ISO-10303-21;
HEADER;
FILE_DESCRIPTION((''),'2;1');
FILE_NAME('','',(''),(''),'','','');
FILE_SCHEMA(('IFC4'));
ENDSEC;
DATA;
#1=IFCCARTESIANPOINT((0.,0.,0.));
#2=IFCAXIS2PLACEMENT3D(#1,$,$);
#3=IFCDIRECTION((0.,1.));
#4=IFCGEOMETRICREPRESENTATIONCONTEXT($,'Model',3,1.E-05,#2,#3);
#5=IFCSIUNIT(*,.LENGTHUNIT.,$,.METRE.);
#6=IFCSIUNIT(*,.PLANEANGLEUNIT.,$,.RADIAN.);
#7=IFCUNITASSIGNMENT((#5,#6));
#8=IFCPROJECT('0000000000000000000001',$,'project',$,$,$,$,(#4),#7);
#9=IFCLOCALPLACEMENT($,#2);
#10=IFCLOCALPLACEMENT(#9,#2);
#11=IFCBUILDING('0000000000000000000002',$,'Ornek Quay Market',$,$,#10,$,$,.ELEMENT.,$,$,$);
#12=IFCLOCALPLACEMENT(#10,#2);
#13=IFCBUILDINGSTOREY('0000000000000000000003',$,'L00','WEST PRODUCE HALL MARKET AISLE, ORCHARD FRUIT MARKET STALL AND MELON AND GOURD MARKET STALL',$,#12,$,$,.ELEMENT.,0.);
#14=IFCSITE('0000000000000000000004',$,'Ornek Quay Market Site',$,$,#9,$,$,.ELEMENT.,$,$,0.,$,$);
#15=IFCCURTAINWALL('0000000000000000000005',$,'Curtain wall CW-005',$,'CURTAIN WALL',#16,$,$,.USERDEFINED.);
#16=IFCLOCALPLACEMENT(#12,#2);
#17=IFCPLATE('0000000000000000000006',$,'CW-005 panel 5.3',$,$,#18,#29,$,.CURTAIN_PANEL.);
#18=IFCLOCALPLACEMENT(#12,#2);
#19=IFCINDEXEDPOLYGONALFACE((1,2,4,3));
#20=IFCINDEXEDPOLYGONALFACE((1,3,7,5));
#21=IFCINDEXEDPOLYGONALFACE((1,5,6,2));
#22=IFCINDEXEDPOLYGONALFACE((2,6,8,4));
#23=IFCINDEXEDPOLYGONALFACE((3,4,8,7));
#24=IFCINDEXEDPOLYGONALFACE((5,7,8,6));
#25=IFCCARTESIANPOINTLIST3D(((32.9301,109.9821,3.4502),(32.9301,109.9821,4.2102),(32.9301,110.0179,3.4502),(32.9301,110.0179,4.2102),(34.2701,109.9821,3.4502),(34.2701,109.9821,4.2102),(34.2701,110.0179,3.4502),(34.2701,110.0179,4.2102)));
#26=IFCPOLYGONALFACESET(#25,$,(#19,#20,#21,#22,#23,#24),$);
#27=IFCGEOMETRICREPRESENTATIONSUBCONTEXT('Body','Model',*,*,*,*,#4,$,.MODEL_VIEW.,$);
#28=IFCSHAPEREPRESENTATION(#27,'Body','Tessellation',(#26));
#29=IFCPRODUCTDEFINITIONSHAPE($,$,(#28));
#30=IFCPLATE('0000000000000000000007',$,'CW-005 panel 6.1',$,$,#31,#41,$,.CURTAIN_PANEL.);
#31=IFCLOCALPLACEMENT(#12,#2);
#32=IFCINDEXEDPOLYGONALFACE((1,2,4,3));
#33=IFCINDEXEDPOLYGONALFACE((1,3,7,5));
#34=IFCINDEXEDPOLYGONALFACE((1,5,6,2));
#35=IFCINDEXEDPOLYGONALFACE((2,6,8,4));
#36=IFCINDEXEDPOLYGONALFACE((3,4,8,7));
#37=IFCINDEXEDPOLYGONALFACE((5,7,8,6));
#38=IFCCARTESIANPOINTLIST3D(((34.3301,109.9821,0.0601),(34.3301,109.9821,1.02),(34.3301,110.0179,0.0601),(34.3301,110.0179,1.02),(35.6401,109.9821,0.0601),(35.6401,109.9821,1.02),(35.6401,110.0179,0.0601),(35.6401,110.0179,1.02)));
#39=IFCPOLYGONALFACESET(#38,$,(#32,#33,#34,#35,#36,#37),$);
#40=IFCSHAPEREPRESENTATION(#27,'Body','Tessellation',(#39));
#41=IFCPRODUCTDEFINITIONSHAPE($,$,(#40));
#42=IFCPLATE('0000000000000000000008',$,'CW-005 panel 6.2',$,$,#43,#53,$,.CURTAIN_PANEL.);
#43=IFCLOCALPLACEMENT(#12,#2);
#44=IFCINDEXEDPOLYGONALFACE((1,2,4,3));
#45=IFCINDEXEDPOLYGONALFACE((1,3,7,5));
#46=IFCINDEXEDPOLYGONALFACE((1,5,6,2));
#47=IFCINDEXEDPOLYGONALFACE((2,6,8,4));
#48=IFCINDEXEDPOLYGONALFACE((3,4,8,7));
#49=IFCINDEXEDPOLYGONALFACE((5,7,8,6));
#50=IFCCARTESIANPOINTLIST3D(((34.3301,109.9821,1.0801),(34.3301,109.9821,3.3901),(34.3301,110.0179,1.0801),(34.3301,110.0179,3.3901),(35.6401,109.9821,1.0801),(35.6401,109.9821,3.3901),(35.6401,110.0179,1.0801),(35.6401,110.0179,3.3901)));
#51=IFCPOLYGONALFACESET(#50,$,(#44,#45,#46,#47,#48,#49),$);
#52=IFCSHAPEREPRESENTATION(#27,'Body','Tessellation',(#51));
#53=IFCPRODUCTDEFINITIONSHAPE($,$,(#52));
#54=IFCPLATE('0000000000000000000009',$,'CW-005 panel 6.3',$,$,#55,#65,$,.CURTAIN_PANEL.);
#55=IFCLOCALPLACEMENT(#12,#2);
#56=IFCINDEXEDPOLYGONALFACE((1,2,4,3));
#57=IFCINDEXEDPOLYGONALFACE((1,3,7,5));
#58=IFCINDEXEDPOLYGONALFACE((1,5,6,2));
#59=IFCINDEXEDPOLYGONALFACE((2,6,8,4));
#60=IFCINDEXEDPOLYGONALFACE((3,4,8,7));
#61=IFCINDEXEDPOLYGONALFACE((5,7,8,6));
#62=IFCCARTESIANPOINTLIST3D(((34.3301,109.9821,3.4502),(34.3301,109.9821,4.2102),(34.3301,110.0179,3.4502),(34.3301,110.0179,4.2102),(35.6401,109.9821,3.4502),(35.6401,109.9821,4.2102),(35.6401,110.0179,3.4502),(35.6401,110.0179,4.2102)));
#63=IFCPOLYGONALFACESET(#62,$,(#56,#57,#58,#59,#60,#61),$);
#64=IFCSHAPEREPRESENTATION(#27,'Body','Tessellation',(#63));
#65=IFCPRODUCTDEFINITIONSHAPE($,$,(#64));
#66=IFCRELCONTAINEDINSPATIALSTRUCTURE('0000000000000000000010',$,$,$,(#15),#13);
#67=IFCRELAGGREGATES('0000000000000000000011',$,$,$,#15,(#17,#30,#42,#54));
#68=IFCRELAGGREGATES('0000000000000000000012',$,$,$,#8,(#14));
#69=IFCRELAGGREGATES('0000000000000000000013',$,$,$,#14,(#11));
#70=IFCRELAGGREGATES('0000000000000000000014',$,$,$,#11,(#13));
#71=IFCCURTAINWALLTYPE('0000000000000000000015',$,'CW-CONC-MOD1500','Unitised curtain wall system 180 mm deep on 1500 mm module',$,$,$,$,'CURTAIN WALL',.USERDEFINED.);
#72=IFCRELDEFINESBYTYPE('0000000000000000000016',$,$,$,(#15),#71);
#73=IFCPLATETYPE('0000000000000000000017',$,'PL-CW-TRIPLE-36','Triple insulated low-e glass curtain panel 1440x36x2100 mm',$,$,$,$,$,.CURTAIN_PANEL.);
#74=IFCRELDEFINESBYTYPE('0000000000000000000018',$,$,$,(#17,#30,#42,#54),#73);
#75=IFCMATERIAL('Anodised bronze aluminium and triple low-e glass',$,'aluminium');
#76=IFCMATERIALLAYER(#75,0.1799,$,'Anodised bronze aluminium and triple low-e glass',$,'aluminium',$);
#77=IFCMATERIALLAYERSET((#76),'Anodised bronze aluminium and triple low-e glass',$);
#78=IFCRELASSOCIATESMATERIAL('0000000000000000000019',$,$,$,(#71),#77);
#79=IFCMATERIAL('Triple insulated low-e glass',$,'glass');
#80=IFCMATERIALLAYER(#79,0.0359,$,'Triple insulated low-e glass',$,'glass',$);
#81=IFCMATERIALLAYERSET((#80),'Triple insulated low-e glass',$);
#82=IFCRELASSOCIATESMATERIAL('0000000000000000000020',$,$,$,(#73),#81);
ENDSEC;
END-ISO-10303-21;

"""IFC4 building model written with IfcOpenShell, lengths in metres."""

from ifc_helpers import new_model, si_unit, direction, frame, origin, origin_2d, place, context, subcontext, project, spatial, rectangle, extrude, material, layer, layer_set, type_object, element, aggregate, save


model = new_model("IFC4")

# Units and contexts
model_context = context("Model", 3, precision=1e-05, world=origin(), true_north=direction((0.0, 1.0)))
body_context = subcontext(model_context, "Body", "Model", "MODEL_VIEW")
ifc_project = project(units=[si_unit("LENGTHUNIT", "METRE"), si_unit("PLANEANGLEUNIT", "RADIAN")], contexts=[model_context])

# Site, building, storey
site_placement = place(None, origin())
site = spatial("IfcSite", under=ifc_project, at=site_placement, Name="Ornek Quay Market Site", CompositionType="ELEMENT", RefElevation=0.0)
building_placement = place(site_placement, origin())
building = spatial("IfcBuilding", under=site, at=building_placement, Name="Ornek Quay Market", CompositionType="ELEMENT")
storey_placement = place(building_placement, origin())
storey = spatial("IfcBuildingStorey", under=building, at=storey_placement, Name="L00", Description="WEST PRODUCE HALL MARKET AISLE, ORCHARD FRUIT MARKET STALL AND MELON AND GOURD MARKET STALL", CompositionType="ELEMENT", Elevation=0.0)

# Curtain wall, plates
ifc_material_1 = material(Name="Anodised bronze aluminium and triple low-e glass", Category="aluminium")
ifc_layer_1 = layer(ifc_material_1, 0.1799, Name="Anodised bronze aluminium and triple low-e glass", Category="aluminium")
ifc_layer_set_1 = layer_set([ifc_layer_1], Name="Anodised bronze aluminium and triple low-e glass")
curtain_wall_type = type_object("IfcCurtainWallType", Name="CW-CONC-MOD1500", Description="Unitised curtain wall system 180 mm deep on 1500 mm module", ElementType="CURTAIN WALL", PredefinedType="USERDEFINED", material=ifc_layer_set_1)
curtain_wall_placement = place(storey_placement, origin())
curtain_wall = element("IfcCurtainWall", 1, at=curtain_wall_placement, inside=storey, type_object=curtain_wall_type, Name="Curtain wall CW-005", ObjectType="CURTAIN WALL", PredefinedType="USERDEFINED")
ifc_material_2 = material(Name="Triple insulated low-e glass", Category="glass")
ifc_layer_2 = layer(ifc_material_2, 0.0359, Name="Triple insulated low-e glass", Category="glass")
ifc_layer_set_2 = layer_set([ifc_layer_2], Name="Triple insulated low-e glass")
plate_type = type_object("IfcPlateType", Name="PL-CW-TRIPLE-36", Description="Triple insulated low-e glass curtain panel 1440x36x2100 mm", PredefinedType="CURTAIN_PANEL", material=ifc_layer_set_2)
plate_1_placement = place(storey_placement, frame((33.6001, 110.0, 3.4502), z_axis=(0.0, 0.0, 1.0), x_axis=(1.0, 0.0, 0.0)))
plate_1 = element("IfcPlate", 2, at=plate_1_placement, type_object=plate_type, Name="CW-005 panel 5.3", PredefinedType="CURTAIN_PANEL", context=body_context, shape_type="SweptSolid", body=[
    extrude(rectangle(XDim=1.3401, YDim=0.0359, at=origin_2d()), origin(), (0.0, 0.0, 1.0), 0.76),
])
plate_2_placement = place(storey_placement, frame((34.9851, 110.0, 0.0601), z_axis=(0.0, 0.0, 1.0), x_axis=(1.0, 0.0, 0.0)))
plate_2 = element("IfcPlate", 3, at=plate_2_placement, type_object=plate_type, Name="CW-005 panel 6.1", PredefinedType="CURTAIN_PANEL", context=body_context, shape_type="SweptSolid", body=[
    extrude(rectangle(XDim=1.3101, YDim=0.0359, at=origin_2d()), origin(), (0.0, 0.0, 1.0), 0.96),
])
plate_3_placement = place(storey_placement, frame((34.9851, 110.0, 1.0801), z_axis=(0.0, 0.0, 1.0), x_axis=(1.0, 0.0, 0.0)))
plate_3 = element("IfcPlate", 4, at=plate_3_placement, type_object=plate_type, Name="CW-005 panel 6.2", PredefinedType="CURTAIN_PANEL", context=body_context, shape_type="SweptSolid", body=[
    extrude(rectangle(XDim=1.3101, YDim=0.0359, at=origin_2d()), origin(), (0.0, 0.0, 1.0), 2.3101),
])
plate_4_placement = place(storey_placement, frame((34.9851, 110.0, 3.4502), z_axis=(0.0, 0.0, 1.0), x_axis=(1.0, 0.0, 0.0)))
plate_4 = element("IfcPlate", 5, at=plate_4_placement, type_object=plate_type, Name="CW-005 panel 6.3", PredefinedType="CURTAIN_PANEL", context=body_context, shape_type="SweptSolid", body=[
    extrude(rectangle(XDim=1.3101, YDim=0.0359, at=origin_2d()), origin(), (0.0, 0.0, 1.0), 0.76),
])
aggregate(curtain_wall, [plate_1, plate_2, plate_3, plate_4])

save(model, "model.ifc")
